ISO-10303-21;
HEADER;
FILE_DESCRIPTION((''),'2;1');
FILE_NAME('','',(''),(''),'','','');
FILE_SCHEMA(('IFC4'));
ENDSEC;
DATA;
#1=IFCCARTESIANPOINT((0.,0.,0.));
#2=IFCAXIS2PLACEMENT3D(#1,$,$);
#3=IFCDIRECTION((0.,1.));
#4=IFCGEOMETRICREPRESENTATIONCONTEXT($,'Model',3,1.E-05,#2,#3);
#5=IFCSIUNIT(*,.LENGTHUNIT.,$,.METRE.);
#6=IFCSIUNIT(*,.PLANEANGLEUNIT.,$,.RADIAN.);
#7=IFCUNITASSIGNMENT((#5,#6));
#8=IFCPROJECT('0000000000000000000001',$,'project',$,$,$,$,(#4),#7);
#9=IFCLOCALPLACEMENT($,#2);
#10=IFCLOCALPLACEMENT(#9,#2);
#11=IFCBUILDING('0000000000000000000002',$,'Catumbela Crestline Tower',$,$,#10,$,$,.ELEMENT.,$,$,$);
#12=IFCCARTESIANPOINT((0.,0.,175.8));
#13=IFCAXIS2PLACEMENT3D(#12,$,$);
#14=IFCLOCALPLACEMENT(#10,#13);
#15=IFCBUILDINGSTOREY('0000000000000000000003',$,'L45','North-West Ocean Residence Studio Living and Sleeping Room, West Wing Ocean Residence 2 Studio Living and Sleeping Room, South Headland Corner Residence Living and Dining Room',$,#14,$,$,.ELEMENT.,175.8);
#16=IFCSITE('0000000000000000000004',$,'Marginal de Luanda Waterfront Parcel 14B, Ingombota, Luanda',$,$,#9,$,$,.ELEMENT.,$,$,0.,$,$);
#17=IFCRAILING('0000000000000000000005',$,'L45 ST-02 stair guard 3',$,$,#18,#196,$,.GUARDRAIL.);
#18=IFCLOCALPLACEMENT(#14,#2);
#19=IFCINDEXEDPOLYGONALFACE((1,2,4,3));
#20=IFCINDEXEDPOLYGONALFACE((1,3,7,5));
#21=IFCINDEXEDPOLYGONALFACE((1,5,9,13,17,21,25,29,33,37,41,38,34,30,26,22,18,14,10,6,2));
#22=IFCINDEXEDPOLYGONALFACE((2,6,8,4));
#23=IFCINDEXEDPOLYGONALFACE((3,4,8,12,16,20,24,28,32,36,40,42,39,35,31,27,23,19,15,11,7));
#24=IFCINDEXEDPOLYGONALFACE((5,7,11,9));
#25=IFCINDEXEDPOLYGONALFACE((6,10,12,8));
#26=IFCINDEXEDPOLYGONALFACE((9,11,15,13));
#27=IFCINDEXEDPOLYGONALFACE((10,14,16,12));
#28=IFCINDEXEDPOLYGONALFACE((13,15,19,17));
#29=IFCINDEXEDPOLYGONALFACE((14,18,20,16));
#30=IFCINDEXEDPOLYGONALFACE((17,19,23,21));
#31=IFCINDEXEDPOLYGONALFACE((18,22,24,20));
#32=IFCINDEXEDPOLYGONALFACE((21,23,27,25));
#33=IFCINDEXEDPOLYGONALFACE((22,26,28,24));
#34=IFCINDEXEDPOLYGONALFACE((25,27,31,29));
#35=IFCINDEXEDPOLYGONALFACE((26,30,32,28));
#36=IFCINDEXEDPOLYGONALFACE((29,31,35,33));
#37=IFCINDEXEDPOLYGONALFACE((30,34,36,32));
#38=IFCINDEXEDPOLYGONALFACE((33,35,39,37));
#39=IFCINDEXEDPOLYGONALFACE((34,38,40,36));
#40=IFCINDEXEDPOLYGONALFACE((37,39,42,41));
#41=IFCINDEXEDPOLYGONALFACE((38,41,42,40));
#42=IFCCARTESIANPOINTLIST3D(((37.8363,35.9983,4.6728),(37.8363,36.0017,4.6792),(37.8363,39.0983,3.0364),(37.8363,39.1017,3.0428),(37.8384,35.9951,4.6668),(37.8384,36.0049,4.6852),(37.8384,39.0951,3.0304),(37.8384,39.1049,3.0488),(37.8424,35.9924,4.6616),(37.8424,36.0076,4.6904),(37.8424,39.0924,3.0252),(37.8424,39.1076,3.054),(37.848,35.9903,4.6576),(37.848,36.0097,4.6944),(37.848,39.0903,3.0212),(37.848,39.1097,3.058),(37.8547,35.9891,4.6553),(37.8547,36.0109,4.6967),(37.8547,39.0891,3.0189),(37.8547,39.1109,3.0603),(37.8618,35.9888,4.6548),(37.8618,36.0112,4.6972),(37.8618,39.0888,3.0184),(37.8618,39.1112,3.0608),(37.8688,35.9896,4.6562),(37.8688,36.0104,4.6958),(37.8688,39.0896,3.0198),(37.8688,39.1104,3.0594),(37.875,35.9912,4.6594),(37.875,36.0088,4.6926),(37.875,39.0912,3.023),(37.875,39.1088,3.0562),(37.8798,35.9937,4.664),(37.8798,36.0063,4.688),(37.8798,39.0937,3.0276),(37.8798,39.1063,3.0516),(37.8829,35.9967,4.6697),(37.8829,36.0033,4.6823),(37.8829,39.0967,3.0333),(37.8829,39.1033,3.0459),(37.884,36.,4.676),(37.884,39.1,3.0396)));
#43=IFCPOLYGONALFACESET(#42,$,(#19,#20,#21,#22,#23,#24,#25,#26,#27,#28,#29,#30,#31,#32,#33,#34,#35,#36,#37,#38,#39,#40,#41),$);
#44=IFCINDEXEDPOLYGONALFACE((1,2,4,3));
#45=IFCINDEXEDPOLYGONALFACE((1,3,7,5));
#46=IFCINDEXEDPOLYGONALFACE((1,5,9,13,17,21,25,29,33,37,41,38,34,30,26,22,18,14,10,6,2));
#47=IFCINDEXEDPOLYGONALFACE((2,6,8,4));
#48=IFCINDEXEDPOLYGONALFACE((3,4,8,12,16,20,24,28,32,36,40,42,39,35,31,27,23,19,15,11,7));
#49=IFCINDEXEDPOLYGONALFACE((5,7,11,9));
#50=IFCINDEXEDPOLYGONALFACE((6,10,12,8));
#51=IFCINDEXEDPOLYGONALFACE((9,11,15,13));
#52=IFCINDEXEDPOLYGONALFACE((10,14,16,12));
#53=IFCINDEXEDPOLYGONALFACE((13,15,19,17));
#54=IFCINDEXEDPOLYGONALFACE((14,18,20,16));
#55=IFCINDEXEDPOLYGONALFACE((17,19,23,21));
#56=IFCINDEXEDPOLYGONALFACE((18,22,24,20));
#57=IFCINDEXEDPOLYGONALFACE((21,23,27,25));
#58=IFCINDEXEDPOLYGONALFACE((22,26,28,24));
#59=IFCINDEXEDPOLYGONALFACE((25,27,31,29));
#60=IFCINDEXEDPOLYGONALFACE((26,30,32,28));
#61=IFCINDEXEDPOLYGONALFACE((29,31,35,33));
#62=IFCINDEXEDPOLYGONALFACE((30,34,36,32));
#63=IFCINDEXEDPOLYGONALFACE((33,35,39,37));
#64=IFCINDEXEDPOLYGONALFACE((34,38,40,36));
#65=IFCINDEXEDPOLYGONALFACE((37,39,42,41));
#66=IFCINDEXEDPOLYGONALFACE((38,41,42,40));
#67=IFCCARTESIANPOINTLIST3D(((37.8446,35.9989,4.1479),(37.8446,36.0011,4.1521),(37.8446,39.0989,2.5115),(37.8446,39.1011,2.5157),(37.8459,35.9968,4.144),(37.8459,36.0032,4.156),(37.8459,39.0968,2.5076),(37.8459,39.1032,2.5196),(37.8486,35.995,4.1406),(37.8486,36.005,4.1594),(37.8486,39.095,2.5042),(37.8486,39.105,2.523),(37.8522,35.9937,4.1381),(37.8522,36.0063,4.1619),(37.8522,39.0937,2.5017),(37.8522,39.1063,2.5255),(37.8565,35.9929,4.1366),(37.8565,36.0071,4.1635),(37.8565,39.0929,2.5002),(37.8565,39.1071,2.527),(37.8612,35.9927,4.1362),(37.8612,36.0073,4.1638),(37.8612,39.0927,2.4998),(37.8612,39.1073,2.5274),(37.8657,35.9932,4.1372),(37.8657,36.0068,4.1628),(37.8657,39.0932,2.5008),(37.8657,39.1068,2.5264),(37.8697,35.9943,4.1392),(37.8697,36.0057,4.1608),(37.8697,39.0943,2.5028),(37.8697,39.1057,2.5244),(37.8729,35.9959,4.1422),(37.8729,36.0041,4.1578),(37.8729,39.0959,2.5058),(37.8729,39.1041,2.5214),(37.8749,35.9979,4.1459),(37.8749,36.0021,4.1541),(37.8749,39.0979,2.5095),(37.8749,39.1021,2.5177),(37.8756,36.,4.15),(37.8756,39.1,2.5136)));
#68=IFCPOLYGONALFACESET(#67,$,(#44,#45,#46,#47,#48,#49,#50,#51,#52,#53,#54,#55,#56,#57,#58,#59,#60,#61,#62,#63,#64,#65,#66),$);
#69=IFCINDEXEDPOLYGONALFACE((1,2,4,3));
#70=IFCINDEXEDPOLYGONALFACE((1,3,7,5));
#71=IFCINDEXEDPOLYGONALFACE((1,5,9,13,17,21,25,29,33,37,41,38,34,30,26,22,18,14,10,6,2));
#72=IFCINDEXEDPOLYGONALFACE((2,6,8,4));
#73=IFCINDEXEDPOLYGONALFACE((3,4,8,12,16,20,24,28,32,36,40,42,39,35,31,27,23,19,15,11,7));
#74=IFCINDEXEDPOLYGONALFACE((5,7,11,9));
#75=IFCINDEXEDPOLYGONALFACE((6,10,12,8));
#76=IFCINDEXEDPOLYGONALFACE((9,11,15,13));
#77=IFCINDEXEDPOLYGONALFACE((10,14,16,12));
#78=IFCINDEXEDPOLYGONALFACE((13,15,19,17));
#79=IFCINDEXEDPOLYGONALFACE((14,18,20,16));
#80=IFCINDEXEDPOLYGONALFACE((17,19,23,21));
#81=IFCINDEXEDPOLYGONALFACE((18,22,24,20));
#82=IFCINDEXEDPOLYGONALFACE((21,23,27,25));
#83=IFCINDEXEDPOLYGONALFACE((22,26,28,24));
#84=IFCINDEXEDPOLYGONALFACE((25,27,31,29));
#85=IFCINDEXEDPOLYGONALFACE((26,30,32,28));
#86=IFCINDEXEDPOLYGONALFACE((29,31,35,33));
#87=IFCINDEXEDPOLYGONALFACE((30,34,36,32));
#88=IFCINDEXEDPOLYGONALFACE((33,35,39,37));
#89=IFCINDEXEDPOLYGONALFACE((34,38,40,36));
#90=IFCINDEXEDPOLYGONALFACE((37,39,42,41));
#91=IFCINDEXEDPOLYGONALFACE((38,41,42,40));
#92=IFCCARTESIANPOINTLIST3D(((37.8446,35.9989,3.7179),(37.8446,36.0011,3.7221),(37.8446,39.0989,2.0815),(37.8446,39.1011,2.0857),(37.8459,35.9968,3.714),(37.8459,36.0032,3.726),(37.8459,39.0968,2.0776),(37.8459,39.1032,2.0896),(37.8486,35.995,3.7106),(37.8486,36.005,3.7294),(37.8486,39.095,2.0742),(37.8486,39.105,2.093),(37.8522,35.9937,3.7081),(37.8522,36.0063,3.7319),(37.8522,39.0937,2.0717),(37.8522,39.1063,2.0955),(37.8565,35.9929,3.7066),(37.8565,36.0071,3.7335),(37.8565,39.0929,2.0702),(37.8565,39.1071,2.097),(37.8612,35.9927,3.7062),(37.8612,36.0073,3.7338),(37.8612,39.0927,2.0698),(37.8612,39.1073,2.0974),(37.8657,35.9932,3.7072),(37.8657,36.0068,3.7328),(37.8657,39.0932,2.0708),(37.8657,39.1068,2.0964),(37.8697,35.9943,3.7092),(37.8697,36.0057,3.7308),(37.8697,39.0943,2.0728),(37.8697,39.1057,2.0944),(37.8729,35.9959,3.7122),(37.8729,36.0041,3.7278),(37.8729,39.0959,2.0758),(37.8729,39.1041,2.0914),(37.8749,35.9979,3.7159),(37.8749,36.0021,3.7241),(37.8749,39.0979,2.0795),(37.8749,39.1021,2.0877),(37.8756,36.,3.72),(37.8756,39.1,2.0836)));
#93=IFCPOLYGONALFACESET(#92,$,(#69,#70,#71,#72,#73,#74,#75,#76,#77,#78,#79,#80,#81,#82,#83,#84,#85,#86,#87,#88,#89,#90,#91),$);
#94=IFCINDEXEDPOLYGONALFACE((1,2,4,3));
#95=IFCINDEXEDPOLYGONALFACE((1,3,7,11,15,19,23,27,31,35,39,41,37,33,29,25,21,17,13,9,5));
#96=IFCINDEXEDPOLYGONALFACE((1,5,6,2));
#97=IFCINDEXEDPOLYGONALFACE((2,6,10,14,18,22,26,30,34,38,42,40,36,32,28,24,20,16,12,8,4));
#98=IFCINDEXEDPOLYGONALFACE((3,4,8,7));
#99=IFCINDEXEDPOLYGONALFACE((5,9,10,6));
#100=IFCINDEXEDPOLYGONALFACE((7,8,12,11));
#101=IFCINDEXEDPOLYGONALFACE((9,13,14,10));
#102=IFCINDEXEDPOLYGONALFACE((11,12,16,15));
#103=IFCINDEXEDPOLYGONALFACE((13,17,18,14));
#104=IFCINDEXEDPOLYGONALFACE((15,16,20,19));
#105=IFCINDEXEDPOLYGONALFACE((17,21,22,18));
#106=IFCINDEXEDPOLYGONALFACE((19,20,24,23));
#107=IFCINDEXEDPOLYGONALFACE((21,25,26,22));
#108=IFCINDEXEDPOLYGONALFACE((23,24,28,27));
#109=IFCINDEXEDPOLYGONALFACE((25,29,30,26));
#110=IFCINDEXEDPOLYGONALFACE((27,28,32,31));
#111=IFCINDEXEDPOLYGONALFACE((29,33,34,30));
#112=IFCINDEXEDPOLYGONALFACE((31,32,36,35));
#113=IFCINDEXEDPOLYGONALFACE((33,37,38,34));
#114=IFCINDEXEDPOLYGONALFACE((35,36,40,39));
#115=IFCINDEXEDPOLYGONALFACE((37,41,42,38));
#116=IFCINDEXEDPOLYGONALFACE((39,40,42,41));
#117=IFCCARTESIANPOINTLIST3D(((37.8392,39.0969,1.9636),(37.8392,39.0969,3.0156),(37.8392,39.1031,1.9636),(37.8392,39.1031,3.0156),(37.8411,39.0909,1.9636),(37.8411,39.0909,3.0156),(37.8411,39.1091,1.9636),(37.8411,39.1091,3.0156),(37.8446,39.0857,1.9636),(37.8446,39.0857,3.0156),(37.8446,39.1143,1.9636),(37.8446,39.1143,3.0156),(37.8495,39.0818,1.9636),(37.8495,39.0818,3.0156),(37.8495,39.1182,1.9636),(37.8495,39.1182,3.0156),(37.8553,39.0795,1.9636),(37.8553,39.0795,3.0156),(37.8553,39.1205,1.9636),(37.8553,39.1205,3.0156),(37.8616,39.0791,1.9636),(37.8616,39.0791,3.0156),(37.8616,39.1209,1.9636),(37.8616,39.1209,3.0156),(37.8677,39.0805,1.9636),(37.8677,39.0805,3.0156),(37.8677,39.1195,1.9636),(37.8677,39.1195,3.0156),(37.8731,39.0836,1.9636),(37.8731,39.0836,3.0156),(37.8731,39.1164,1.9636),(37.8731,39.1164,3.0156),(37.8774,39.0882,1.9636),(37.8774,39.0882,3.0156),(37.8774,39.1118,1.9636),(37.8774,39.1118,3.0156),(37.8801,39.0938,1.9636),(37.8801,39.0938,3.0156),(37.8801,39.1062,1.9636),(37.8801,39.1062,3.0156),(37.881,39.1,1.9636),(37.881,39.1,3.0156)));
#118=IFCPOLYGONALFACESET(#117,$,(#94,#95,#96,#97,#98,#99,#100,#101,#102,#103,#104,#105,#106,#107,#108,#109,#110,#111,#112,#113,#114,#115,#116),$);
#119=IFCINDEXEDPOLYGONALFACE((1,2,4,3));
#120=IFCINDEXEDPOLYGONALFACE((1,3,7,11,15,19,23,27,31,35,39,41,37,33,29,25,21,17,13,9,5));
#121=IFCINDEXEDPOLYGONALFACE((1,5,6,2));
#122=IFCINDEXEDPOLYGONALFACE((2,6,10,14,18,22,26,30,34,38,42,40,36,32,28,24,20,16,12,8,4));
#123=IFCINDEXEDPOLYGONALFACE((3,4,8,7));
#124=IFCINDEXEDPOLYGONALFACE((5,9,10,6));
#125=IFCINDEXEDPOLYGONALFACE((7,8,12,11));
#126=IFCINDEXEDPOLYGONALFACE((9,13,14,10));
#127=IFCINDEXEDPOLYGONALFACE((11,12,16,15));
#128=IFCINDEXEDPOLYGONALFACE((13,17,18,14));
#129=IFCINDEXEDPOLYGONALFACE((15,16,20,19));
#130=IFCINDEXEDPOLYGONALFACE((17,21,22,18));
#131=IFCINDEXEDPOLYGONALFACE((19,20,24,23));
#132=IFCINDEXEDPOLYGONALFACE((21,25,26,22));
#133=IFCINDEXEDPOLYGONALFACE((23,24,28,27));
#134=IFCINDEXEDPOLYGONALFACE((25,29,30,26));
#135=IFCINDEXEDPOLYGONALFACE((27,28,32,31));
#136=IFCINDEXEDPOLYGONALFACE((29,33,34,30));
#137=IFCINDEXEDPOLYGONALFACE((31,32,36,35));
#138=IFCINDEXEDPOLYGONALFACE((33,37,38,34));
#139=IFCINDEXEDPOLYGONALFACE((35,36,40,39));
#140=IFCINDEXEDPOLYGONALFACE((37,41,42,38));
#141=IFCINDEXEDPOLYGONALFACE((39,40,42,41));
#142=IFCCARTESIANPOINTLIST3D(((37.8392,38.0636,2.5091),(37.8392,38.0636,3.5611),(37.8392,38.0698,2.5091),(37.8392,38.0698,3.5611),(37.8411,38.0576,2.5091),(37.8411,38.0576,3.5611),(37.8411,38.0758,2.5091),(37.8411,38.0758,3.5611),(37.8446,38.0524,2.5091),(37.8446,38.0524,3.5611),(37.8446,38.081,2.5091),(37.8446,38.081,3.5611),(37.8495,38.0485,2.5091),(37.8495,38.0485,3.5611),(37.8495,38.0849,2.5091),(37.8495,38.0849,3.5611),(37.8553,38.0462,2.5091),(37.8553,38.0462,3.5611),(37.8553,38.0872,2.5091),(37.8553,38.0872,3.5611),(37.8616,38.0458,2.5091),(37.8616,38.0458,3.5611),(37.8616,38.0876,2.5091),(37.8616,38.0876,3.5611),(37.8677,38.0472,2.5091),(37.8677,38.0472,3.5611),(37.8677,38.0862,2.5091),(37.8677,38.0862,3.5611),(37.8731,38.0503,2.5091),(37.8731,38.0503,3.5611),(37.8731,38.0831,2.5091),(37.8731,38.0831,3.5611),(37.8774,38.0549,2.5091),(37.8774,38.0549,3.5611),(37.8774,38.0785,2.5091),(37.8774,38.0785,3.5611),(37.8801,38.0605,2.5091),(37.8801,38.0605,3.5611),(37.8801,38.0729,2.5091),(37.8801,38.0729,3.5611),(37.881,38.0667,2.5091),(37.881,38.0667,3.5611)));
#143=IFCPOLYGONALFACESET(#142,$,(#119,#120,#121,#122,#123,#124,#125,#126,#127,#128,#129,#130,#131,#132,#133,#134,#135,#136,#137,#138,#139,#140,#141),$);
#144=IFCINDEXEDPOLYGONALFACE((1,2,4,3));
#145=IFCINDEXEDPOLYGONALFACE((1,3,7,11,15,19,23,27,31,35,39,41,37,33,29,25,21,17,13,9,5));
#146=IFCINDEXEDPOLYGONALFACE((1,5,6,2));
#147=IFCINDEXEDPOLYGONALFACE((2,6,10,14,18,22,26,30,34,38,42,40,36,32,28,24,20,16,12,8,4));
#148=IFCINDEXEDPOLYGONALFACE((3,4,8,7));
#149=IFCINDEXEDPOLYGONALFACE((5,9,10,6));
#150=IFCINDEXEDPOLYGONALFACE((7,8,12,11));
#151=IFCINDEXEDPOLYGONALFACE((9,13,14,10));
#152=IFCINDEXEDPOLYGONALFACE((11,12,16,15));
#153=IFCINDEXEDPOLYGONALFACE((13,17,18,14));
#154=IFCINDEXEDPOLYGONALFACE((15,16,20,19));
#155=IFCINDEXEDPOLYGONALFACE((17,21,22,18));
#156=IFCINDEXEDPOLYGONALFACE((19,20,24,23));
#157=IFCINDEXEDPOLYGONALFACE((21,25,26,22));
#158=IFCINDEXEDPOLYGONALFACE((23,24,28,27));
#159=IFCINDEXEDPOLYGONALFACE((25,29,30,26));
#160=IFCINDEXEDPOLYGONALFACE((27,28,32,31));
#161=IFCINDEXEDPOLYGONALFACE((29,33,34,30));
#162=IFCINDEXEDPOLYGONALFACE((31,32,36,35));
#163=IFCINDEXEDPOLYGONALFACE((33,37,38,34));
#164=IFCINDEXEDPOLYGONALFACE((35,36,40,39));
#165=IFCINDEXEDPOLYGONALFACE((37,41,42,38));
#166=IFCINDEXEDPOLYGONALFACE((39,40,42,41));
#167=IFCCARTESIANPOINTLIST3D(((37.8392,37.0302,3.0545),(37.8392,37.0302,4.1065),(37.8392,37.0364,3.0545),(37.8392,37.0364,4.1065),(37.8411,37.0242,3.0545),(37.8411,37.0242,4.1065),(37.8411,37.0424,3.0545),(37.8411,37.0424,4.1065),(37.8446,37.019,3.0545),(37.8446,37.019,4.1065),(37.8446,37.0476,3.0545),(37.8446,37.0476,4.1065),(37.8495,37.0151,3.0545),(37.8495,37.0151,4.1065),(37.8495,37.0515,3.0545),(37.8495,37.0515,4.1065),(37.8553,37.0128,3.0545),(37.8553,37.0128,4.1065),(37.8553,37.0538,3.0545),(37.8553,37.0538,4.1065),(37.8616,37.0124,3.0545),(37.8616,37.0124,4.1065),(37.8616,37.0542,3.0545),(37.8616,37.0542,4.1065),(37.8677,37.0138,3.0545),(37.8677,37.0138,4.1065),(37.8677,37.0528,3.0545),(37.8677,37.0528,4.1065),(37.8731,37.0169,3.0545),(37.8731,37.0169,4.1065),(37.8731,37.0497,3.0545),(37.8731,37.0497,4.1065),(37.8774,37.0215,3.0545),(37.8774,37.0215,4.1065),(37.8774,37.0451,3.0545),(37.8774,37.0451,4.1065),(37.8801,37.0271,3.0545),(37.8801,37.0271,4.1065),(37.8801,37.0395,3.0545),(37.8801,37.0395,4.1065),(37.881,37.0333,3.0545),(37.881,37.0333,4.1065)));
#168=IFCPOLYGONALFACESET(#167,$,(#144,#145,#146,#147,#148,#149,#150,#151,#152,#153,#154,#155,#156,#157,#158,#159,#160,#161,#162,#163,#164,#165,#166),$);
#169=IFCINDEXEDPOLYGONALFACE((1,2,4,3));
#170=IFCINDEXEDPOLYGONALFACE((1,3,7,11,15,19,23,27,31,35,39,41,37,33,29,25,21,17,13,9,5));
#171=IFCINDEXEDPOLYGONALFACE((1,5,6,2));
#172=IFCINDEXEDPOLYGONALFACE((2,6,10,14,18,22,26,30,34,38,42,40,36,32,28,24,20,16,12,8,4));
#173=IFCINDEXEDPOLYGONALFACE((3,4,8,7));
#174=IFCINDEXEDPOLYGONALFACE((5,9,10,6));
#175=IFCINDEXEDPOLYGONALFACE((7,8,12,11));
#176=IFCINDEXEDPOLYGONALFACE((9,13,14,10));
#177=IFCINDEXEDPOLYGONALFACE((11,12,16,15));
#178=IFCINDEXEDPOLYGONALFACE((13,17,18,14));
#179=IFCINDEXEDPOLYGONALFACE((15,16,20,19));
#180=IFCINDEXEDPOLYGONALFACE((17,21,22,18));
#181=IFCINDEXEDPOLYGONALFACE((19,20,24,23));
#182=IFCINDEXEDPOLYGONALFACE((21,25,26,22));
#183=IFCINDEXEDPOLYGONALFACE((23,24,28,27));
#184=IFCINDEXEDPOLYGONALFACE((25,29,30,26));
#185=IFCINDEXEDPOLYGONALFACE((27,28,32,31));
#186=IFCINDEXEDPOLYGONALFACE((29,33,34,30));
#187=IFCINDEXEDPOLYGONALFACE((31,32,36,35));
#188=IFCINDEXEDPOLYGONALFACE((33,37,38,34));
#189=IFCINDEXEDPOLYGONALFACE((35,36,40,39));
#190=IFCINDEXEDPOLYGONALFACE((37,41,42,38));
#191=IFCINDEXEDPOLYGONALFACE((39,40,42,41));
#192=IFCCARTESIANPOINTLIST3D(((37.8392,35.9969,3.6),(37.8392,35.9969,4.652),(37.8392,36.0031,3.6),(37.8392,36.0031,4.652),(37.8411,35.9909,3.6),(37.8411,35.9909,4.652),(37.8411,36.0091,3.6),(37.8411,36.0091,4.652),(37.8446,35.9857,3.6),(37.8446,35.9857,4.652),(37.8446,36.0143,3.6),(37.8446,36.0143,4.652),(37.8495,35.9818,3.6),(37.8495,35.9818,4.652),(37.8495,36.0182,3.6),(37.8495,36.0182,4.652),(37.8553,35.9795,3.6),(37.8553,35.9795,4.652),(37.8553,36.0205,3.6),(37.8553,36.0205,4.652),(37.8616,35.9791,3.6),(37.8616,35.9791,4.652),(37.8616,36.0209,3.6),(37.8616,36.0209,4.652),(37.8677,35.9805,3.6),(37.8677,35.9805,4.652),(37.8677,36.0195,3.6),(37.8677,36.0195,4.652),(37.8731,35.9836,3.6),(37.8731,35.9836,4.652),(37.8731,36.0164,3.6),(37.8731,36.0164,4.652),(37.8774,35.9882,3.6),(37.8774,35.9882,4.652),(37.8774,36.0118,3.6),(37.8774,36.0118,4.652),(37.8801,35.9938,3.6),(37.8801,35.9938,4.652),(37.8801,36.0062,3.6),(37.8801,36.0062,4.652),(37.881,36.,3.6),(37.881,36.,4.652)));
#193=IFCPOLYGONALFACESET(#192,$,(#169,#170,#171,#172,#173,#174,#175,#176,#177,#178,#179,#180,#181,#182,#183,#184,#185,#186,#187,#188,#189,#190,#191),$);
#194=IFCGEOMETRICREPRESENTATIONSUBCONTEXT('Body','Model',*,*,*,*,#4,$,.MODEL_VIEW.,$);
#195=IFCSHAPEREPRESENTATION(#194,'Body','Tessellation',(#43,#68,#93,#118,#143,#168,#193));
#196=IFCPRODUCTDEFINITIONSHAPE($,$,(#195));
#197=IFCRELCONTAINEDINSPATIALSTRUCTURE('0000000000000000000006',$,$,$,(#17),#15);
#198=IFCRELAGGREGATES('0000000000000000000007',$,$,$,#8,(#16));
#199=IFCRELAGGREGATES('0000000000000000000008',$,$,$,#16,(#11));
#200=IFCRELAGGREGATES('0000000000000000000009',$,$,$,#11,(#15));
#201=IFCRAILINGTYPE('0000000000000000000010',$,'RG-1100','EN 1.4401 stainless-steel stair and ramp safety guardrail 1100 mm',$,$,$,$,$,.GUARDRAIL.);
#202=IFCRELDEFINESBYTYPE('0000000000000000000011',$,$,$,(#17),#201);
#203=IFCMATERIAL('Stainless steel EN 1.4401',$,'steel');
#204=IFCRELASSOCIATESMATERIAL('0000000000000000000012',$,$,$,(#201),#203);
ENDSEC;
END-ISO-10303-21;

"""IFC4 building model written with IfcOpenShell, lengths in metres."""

from ifc_helpers import new_model, si_unit, direction, frame, origin, origin_2d, place, context, subcontext, project, spatial, circle, extrude, material, type_object, element, save


model = new_model("IFC4")

# Units and contexts
model_context = context("Model", 3, precision=1e-05, world=origin(), true_north=direction((0.0, 1.0)))
body_context = subcontext(model_context, "Body", "Model", "MODEL_VIEW")
ifc_project = project(units=[si_unit("LENGTHUNIT", "METRE"), si_unit("PLANEANGLEUNIT", "RADIAN")], contexts=[model_context])

# Site, building, storey
site_placement = place(None, origin())
site = spatial("IfcSite", under=ifc_project, at=site_placement, Name="Marginal de Luanda Waterfront Parcel 14B, Ingombota, Luanda", CompositionType="ELEMENT", RefElevation=0.0)
building_placement = place(site_placement, origin())
building = spatial("IfcBuilding", under=site, at=building_placement, Name="Catumbela Crestline Tower", CompositionType="ELEMENT")
storey_placement = place(building_placement, frame((0.0, 0.0, 175.8)))
storey = spatial("IfcBuildingStorey", under=building, at=storey_placement, Name="L45", Description="North-West Ocean Residence Studio Living and Sleeping Room, West Wing Ocean Residence 2 Studio Living and Sleeping Room, South Headland Corner Residence Living and Dining Room", CompositionType="ELEMENT", Elevation=175.8)

# Shared definitions
ifc_material_1 = material(Name="Stainless steel EN 1.4401", Category="steel")

# Railing
railing_type_1 = type_object("IfcRailingType", Name="RG-1100", Description="EN 1.4401 stainless-steel stair and ramp safety guardrail 1100 mm", PredefinedType="GUARDRAIL", material=ifc_material_1)
railing_1_placement = place(storey_placement, frame((37.86, 39.1, 1.9636)))
element("IfcRailing", 1, at=railing_1_placement, inside=storey, type_object=railing_type_1, Name="L45 ST-02 stair guard 3", PredefinedType="GUARDRAIL", context=body_context, shape_type="SweptSolid", body=[
    extrude(circle(Radius=0.024, at=origin_2d()), frame((0.0, 0.0, 1.076), z_axis=(0.0, -0.884351, 0.466823), x_axis=(1.0, 0.0, 0.0)), (0.0, 0.0, 1.0), 3.5054),
    extrude(circle(Radius=0.0156, at=origin_2d()), frame((0.0, 0.0, 0.55), z_axis=(0.0, -0.884351, 0.466823), x_axis=(1.0, 0.0, 0.0)), (0.0, 0.0, 1.0), 3.5054),
    extrude(circle(Radius=0.0156, at=origin_2d()), frame((0.0, 0.0, 0.12), z_axis=(0.0, -0.884351, 0.466823), x_axis=(1.0, 0.0, 0.0)), (0.0, 0.0, 1.0), 3.5054),
    extrude(circle(Radius=0.021, at=origin_2d()), origin(), (0.0, 0.0, 1.0), 1.052),
    extrude(circle(Radius=0.021, at=origin_2d()), frame((0.0, -1.0333, 0.5455)), (0.0, 0.0, 1.0), 1.052),
    extrude(circle(Radius=0.021, at=origin_2d()), frame((0.0, -2.0667, 1.0909)), (0.0, 0.0, 1.0), 1.052),
    extrude(circle(Radius=0.021, at=origin_2d()), frame((0.0, -3.1, 1.6364)), (0.0, 0.0, 1.0), 1.052),
])

save(model, "model.ifc")
